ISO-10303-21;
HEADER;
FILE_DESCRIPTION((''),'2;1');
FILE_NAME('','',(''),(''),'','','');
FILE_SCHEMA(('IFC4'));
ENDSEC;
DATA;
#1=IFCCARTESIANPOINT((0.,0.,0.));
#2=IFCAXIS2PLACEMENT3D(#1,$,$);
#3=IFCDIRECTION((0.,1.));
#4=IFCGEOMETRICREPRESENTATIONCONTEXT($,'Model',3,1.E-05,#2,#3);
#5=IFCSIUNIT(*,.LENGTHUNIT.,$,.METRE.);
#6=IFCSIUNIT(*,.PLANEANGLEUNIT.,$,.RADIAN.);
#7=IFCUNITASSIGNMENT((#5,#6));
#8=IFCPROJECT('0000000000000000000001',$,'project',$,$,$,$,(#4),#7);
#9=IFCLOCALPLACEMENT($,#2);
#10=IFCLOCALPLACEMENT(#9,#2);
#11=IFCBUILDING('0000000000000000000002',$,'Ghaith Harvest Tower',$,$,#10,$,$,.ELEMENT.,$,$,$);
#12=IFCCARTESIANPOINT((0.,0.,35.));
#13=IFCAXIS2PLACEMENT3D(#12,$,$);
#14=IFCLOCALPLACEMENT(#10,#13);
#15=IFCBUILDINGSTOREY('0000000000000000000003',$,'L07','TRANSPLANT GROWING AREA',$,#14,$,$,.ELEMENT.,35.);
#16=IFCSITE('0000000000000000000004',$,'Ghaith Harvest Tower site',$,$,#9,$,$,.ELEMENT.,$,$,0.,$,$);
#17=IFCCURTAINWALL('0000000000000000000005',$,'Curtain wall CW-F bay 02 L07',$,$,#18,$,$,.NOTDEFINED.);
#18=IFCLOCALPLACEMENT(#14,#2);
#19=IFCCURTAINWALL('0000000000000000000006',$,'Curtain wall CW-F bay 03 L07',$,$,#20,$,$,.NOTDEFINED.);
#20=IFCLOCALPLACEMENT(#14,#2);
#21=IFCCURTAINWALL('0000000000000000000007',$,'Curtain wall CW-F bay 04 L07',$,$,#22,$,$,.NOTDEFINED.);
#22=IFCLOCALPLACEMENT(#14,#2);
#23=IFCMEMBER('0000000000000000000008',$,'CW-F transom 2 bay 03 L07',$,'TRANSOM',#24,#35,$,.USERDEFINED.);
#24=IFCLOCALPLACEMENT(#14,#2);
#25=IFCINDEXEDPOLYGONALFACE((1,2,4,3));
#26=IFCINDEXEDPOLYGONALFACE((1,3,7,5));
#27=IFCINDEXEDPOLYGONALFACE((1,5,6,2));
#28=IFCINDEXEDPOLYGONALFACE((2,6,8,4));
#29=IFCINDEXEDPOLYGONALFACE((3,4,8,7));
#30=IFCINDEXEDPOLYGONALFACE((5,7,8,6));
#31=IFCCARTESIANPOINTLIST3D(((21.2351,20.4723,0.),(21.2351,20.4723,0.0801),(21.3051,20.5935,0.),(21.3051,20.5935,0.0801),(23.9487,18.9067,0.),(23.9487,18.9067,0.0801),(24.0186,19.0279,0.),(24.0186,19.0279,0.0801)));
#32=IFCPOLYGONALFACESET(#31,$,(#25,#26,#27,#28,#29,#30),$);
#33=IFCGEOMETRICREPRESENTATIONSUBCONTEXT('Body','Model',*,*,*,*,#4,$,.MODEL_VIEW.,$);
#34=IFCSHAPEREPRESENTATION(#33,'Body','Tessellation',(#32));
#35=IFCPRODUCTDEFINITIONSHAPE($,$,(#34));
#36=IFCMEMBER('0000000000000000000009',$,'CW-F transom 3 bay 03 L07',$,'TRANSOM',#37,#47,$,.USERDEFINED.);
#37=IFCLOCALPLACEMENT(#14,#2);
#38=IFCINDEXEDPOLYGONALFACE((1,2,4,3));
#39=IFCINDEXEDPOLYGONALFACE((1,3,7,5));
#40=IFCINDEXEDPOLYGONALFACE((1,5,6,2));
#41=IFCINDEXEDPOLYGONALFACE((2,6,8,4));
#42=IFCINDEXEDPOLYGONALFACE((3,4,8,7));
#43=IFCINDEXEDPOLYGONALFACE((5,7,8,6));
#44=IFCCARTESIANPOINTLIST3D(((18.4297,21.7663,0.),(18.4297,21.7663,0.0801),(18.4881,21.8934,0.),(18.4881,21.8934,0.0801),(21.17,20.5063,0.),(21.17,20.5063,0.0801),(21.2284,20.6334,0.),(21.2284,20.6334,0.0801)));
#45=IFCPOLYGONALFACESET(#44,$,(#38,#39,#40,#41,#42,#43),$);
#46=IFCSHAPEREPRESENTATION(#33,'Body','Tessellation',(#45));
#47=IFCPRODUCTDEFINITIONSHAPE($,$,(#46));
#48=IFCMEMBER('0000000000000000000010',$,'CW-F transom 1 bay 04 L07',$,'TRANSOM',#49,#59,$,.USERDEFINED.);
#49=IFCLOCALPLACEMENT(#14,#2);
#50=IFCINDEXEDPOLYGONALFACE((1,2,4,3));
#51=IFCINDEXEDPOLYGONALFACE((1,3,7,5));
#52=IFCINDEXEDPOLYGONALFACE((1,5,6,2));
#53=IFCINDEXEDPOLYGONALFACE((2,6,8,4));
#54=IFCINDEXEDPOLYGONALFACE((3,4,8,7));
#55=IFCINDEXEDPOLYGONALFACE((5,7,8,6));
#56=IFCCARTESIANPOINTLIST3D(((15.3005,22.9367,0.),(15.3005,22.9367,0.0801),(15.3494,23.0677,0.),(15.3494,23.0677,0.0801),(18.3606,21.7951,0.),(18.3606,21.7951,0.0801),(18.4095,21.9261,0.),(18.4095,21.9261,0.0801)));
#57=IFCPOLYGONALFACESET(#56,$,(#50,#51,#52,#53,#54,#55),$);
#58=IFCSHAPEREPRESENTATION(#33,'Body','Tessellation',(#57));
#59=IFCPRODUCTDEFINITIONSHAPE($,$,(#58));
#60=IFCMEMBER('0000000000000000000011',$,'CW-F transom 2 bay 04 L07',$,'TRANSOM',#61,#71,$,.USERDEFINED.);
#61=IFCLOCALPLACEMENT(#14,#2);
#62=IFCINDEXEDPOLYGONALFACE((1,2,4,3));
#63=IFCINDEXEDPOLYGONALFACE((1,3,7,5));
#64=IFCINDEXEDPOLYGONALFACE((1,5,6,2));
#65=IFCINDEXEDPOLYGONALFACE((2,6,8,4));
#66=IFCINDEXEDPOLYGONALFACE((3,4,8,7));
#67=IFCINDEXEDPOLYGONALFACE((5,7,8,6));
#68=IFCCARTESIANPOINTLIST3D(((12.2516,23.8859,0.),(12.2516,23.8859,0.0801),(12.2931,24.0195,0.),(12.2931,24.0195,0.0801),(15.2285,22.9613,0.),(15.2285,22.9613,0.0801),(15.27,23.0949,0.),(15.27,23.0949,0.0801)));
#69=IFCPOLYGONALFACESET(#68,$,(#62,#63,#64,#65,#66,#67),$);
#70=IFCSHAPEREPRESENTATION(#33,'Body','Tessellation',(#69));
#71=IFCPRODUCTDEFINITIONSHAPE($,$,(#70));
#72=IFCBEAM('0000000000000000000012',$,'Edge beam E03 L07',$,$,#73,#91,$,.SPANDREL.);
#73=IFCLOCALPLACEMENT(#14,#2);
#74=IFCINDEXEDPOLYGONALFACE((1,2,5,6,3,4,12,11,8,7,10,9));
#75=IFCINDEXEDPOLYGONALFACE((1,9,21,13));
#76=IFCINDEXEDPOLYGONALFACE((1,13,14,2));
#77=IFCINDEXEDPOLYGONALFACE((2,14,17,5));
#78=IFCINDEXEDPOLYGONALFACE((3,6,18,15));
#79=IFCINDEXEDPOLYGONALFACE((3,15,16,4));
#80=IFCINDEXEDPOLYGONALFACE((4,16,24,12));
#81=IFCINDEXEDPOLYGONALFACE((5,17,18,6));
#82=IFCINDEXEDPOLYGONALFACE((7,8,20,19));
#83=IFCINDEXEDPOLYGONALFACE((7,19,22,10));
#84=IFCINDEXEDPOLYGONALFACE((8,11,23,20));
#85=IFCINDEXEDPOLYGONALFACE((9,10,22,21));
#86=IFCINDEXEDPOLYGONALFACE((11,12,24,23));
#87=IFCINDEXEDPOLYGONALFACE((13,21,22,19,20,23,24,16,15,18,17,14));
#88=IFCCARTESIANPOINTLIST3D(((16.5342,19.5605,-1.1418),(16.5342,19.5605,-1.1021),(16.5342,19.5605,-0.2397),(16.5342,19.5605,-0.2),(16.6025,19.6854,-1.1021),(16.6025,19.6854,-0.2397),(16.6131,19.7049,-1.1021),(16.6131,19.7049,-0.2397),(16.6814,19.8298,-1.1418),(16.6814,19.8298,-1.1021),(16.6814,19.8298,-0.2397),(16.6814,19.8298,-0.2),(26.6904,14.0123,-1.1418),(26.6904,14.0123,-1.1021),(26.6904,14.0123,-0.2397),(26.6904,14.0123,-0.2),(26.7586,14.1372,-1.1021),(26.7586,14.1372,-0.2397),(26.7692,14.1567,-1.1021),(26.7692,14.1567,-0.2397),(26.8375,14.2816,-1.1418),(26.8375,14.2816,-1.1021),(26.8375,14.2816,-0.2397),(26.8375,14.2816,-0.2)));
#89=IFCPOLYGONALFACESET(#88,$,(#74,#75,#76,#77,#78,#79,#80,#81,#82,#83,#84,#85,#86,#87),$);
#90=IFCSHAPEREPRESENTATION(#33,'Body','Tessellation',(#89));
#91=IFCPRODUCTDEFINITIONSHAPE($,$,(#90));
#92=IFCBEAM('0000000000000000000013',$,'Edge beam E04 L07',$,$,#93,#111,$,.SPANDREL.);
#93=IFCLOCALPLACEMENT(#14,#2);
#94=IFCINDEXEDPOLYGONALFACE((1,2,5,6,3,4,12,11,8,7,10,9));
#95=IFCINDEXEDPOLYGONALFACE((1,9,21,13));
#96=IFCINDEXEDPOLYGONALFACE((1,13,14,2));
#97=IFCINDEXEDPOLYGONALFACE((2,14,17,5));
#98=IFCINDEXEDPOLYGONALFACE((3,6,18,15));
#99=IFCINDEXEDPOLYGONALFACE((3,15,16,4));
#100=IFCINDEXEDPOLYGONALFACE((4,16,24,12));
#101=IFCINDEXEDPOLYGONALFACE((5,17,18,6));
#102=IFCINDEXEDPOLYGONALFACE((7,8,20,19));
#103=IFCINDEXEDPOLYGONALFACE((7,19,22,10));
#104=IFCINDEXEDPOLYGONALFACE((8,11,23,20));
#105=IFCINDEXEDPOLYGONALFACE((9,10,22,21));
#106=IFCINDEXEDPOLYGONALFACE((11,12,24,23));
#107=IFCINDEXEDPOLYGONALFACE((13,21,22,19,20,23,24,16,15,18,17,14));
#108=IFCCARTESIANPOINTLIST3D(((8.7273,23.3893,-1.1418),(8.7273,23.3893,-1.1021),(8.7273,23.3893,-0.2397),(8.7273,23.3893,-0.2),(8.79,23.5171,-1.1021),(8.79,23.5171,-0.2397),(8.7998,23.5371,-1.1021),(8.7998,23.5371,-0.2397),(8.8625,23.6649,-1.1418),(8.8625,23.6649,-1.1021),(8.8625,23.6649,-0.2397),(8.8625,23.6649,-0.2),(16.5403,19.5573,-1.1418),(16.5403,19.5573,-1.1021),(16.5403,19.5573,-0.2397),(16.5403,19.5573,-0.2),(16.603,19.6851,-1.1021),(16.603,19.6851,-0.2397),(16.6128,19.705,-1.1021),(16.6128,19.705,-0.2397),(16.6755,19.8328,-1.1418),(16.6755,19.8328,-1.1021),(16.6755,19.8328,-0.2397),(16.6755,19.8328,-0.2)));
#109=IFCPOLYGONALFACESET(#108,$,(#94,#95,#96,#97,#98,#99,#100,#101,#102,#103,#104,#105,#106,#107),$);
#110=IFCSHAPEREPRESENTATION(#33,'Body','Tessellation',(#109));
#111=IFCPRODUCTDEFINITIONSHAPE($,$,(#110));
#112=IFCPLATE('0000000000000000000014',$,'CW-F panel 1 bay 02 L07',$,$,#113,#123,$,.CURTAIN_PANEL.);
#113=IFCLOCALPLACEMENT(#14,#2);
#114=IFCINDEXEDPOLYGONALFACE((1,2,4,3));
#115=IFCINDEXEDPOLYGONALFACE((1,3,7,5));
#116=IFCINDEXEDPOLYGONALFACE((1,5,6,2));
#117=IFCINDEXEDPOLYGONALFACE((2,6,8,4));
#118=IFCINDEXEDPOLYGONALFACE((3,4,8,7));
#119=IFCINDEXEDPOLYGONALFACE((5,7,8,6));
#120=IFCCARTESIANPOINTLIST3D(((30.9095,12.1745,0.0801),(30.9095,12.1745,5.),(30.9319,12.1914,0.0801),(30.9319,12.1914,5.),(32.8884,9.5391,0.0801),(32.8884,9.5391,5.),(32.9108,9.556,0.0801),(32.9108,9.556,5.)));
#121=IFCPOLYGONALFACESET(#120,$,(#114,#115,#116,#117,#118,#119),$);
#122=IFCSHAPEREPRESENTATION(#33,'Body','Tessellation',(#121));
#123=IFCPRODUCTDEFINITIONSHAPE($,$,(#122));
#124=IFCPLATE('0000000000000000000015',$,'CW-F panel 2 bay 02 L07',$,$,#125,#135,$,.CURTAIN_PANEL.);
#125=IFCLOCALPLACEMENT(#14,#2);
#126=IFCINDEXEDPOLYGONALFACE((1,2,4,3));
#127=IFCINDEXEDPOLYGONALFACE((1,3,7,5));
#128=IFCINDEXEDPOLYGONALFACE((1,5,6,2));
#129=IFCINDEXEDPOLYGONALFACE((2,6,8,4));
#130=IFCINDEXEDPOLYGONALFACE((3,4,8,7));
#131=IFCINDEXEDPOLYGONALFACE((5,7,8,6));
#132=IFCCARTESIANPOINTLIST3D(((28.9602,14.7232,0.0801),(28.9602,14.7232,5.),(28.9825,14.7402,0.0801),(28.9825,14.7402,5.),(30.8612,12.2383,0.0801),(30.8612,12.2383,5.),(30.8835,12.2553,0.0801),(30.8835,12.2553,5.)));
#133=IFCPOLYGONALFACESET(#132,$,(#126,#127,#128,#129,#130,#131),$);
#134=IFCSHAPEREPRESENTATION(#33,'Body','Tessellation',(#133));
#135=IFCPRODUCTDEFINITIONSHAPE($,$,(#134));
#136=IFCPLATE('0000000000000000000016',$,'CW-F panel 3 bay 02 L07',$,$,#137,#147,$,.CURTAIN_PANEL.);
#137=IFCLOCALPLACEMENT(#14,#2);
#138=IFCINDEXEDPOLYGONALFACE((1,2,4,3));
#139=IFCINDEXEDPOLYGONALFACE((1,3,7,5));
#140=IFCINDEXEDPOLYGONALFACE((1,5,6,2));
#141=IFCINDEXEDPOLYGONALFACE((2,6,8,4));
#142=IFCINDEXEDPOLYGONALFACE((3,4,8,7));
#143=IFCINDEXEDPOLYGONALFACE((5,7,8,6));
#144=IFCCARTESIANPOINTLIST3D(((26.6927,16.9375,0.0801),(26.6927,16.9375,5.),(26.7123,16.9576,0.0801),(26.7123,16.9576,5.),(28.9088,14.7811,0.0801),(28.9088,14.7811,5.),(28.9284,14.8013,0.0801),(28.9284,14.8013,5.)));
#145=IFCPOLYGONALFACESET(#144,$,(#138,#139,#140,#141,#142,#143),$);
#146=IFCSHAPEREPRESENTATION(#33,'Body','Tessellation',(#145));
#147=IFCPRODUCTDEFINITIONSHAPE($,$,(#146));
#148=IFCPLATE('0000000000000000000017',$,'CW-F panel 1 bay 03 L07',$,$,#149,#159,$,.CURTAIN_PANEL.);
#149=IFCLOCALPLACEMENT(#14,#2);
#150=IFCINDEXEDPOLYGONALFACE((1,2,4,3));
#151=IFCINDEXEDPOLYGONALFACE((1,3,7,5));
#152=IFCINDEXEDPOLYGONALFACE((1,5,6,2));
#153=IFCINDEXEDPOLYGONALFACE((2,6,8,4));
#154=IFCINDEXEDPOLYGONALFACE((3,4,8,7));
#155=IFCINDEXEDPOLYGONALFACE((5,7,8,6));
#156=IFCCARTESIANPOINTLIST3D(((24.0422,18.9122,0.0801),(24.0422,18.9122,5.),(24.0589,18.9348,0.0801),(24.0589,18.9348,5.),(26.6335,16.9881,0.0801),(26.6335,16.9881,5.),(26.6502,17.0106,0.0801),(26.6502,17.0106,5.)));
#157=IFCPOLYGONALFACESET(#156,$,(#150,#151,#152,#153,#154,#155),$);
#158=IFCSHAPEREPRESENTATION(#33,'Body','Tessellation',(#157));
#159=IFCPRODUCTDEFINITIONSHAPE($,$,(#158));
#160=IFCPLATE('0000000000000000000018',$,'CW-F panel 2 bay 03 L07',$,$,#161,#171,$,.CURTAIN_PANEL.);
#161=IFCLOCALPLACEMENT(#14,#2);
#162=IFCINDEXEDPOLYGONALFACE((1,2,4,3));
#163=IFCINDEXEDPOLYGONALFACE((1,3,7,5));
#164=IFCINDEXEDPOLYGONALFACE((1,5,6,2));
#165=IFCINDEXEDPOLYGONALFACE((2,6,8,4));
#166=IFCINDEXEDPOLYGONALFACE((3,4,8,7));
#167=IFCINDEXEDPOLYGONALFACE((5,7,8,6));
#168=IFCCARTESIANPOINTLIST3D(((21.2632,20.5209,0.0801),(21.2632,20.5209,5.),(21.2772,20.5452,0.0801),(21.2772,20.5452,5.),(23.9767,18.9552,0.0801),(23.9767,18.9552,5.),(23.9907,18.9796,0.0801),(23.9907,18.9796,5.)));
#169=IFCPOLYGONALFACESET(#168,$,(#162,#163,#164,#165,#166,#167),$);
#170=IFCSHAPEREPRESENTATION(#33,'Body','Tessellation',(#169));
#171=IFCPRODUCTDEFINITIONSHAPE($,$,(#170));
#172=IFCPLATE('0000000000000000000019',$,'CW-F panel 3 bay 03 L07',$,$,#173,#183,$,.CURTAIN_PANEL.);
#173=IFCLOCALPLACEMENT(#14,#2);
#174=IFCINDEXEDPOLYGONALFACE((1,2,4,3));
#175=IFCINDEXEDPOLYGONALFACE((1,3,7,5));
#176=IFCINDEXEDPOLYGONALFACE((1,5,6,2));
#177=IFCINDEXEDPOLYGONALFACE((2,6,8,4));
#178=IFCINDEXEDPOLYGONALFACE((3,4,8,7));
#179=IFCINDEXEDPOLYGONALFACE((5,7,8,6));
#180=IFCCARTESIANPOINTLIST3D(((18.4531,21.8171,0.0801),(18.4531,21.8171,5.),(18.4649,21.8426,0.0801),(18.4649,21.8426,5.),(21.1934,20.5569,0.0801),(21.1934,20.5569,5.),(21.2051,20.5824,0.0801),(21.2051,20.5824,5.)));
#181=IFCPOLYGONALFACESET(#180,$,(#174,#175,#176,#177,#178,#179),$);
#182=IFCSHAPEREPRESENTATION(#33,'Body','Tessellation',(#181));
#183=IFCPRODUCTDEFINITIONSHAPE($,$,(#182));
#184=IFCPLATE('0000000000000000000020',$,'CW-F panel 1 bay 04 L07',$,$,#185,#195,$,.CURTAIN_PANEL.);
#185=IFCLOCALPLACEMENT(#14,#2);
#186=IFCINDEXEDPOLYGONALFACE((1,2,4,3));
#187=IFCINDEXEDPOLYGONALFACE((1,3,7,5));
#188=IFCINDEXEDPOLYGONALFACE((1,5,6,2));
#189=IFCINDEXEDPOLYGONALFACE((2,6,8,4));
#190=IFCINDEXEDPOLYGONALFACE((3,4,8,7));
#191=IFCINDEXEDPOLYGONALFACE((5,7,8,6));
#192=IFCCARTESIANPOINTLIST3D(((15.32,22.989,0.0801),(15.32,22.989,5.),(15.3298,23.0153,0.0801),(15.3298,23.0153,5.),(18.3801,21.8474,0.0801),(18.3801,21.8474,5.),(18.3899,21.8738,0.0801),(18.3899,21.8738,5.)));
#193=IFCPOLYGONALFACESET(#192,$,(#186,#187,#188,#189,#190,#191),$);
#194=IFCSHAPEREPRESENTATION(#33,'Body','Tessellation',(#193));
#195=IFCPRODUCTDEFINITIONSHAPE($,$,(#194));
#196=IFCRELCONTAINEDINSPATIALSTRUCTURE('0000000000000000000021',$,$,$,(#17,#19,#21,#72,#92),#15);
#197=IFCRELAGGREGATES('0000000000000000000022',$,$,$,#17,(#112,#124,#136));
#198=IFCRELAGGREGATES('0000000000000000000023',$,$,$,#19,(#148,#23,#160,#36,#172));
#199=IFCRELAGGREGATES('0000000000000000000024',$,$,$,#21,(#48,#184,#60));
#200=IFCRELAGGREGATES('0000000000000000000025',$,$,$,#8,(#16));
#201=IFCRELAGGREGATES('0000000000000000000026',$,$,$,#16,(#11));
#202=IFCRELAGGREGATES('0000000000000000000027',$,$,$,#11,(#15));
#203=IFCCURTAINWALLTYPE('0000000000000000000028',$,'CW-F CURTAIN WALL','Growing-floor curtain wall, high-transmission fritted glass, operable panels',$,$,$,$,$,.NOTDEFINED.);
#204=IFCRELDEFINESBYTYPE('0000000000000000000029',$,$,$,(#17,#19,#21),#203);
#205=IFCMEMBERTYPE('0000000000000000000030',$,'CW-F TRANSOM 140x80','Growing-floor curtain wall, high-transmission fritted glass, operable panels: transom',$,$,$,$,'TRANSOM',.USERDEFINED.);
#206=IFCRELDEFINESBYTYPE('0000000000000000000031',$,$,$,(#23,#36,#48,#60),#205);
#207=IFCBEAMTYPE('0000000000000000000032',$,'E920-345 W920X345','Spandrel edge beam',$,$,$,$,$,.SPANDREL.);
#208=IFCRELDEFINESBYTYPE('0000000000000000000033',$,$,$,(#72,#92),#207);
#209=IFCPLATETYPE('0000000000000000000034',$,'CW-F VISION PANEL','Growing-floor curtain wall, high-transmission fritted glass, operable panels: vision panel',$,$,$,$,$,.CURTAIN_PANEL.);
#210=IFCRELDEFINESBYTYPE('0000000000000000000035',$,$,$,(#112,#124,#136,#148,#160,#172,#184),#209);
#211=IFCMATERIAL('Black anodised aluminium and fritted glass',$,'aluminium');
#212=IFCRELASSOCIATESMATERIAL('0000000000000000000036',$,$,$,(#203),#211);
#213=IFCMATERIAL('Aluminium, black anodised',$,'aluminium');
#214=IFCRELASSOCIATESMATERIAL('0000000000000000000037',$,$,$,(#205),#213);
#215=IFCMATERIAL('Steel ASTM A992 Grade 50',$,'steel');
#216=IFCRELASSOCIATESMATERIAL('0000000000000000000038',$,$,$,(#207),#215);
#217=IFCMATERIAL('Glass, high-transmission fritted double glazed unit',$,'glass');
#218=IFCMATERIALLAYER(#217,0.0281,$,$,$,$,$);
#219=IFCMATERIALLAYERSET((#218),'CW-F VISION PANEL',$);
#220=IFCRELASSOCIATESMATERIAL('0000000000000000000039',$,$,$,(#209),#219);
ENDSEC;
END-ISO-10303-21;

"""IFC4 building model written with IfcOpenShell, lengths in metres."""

from ifc_helpers import new_model, si_unit, direction, frame, origin, origin_2d, place, context, subcontext, project, spatial, rectangle, i_section, extrude, material, layer, layer_set, material_profile, profile_set, type_object, element, aggregate, save


model = new_model("IFC4")

# Units and contexts
model_context = context("Model", 3, precision=1e-05, world=origin(), true_north=direction((0.0, 1.0)))
body_context = subcontext(model_context, "Body", "Model", "MODEL_VIEW")
ifc_project = project(units=[si_unit("LENGTHUNIT", "METRE"), si_unit("PLANEANGLEUNIT", "RADIAN")], contexts=[model_context])

# Site, building, storey
site_placement = place(None, origin())
site = spatial("IfcSite", under=ifc_project, at=site_placement, Name="Ghaith Harvest Tower site", CompositionType="ELEMENT", RefElevation=0.0)
building_placement = place(site_placement, origin())
building = spatial("IfcBuilding", under=site, at=building_placement, Name="Ghaith Harvest Tower", CompositionType="ELEMENT")
storey_placement = place(building_placement, frame((0.0, 0.0, 35.0)))
storey = spatial("IfcBuildingStorey", under=building, at=storey_placement, Name="L07", Description="TRANSPLANT GROWING AREA", CompositionType="ELEMENT", Elevation=35.0)

# Curtain walls
ifc_material_1 = material(Name="Black anodised aluminium and fritted glass", Category="aluminium")
curtain_wall_type = type_object("IfcCurtainWallType", Name="CW-F CURTAIN WALL", Description="Growing-floor curtain wall, high-transmission fritted glass, operable panels", PredefinedType="NOTDEFINED", material=ifc_material_1)
curtain_wall_1_placement = place(storey_placement, origin())
curtain_wall_1 = element("IfcCurtainWall", 1, at=curtain_wall_1_placement, inside=storey, type_object=curtain_wall_type, Name="Curtain wall CW-F bay 02 L07", PredefinedType="NOTDEFINED")
curtain_wall_2_placement = place(storey_placement, origin())
curtain_wall_2 = element("IfcCurtainWall", 2, at=curtain_wall_2_placement, inside=storey, type_object=curtain_wall_type, Name="Curtain wall CW-F bay 03 L07", PredefinedType="NOTDEFINED")
curtain_wall_3_placement = place(storey_placement, origin())
curtain_wall_3 = element("IfcCurtainWall", 3, at=curtain_wall_3_placement, inside=storey, type_object=curtain_wall_type, Name="Curtain wall CW-F bay 04 L07", PredefinedType="NOTDEFINED")

# Members
ifc_material_2 = material(Name="Aluminium, black anodised", Category="aluminium")
ifc_material_profile_1 = material_profile(ifc_material_2, rectangle(XDim=0.1399, YDim=0.0801, at=origin_2d()), Name="CW-F TRANSOM 140x80")
ifc_profile_set_1 = profile_set([ifc_material_profile_1], Name="Aluminium, black anodised")
member_type_1 = type_object("IfcMemberType", Name="CW-F TRANSOM 140x80", Description="Growing-floor curtain wall, high-transmission fritted glass, operable panels: transom", ElementType="TRANSOM", PredefinedType="USERDEFINED", material=ifc_profile_set_1)
member_1_placement = place(storey_placement, frame((23.9836, 18.9673, 0.04), z_axis=(-0.866169, 0.499752, 0.0), x_axis=(-0.499752, -0.866169, 0.0)))
member_1 = element("IfcMember", 4, at=member_1_placement, type_object=member_type_1, Name="CW-F transom 2 bay 03 L07", ObjectType="TRANSOM", PredefinedType="USERDEFINED", context=body_context, shape_type="SweptSolid", body=[
    extrude(rectangle(XDim=0.1399, YDim=0.0801, at=origin_2d()), origin(), (0.0, 0.0, 1.0), 3.1328),
])
member_2_placement = place(storey_placement, frame((21.1992, 20.5698, 0.04), z_axis=(-0.908553, 0.417769, 0.0), x_axis=(-0.417769, -0.908553, 0.0)))
member_2 = element("IfcMember", 5, at=member_2_placement, type_object=member_type_1, Name="CW-F transom 3 bay 03 L07", ObjectType="TRANSOM", PredefinedType="USERDEFINED", context=body_context, shape_type="SweptSolid", body=[
    extrude(rectangle(XDim=0.1399, YDim=0.0801, at=origin_2d()), origin(), (0.0, 0.0, 1.0), 3.0161),
])
member_3_placement = place(storey_placement, frame((18.385, 21.8606, 0.04), z_axis=(-0.936924, 0.349534, 0.0), x_axis=(-0.349534, -0.936924, 0.0)))
member_3 = element("IfcMember", 6, at=member_3_placement, type_object=member_type_1, Name="CW-F transom 1 bay 04 L07", ObjectType="TRANSOM", PredefinedType="USERDEFINED", context=body_context, shape_type="SweptSolid", body=[
    extrude(rectangle(XDim=0.1399, YDim=0.0801, at=origin_2d()), origin(), (0.0, 0.0, 1.0), 3.2661),
])
member_4_placement = place(storey_placement, frame((15.2493, 23.0281, 0.04), z_axis=(-0.954998, 0.296611, 0.0), x_axis=(-0.296611, -0.954998, 0.0)))
member_4 = element("IfcMember", 7, at=member_4_placement, type_object=member_type_1, Name="CW-F transom 2 bay 04 L07", ObjectType="TRANSOM", PredefinedType="USERDEFINED", context=body_context, shape_type="SweptSolid", body=[
    extrude(rectangle(XDim=0.1399, YDim=0.0801, at=origin_2d()), origin(), (0.0, 0.0, 1.0), 3.1172),
])

# Beams
ifc_material_3 = material(Name="Steel ASTM A992 Grade 50", Category="steel")
ifc_material_profile_2 = material_profile(ifc_material_3, i_section(OverallWidth=0.3069, OverallDepth=0.9419, WebThickness=0.0222, FlangeThickness=0.0398, at=origin_2d()), Name="W920X345")
ifc_profile_set_2 = profile_set([ifc_material_profile_2], Name="Steel ASTM A992 Grade 50")
beam_type = type_object("IfcBeamType", Name="E920-345 W920X345", Description="Spandrel edge beam", PredefinedType="SPANDREL", material=ifc_profile_set_2)
beam_1_placement = place(storey_placement, frame((26.7639, 14.147, -0.6709), z_axis=(-0.877588, 0.479415, 0.0), x_axis=(-0.479415, -0.877588, 0.0)))
element("IfcBeam", 8, at=beam_1_placement, inside=storey, type_object=beam_type, Name="Edge beam E03 L07", PredefinedType="SPANDREL", context=body_context, shape_type="SweptSolid", body=[
    extrude(i_section(OverallWidth=0.3069, OverallDepth=0.9419, WebThickness=0.0222, FlangeThickness=0.0398, at=origin_2d()), origin(), (0.0, 0.0, 1.0), 11.5728),
])
beam_2_placement = place(storey_placement, frame((16.6079, 19.6951, -0.6709), z_axis=(-0.897824, 0.440355, 0.0), x_axis=(-0.440355, -0.897824, 0.0)))
element("IfcBeam", 9, at=beam_2_placement, inside=storey, type_object=beam_type, Name="Edge beam E04 L07", PredefinedType="SPANDREL", context=body_context, shape_type="SweptSolid", body=[
    extrude(i_section(OverallWidth=0.3069, OverallDepth=0.9419, WebThickness=0.0222, FlangeThickness=0.0398, at=origin_2d()), origin(), (0.0, 0.0, 1.0), 8.7021),
])

# Plates
ifc_material_4 = material(Name="Glass, high-transmission fritted double glazed unit", Category="glass")
ifc_layer_1 = layer(ifc_material_4, 0.0281)
ifc_layer_set_1 = layer_set([ifc_layer_1], Name="CW-F VISION PANEL")
plate_type = type_object("IfcPlateType", Name="CW-F VISION PANEL", Description="Growing-floor curtain wall, high-transmission fritted glass, operable panels: vision panel", PredefinedType="CURTAIN_PANEL", material=ifc_layer_set_1)
plate_1_placement = place(storey_placement, frame((31.9102, 10.8652, 0.0801), z_axis=(0.0, 0.0, 1.0), x_axis=(-0.600454, 0.799659, 0.0)))
plate_1 = element("IfcPlate", 10, at=plate_1_placement, type_object=plate_type, Name="CW-F panel 1 bay 02 L07", PredefinedType="CURTAIN_PANEL", context=body_context, shape_type="SweptSolid", body=[
    extrude(rectangle(XDim=3.2957, YDim=0.0281, at=origin_2d()), origin(), (0.0, 0.0, 1.0), 4.9199),
])
plate_2_placement = place(storey_placement, frame((29.9219, 13.4893, 0.0801), z_axis=(0.0, 0.0, 1.0), x_axis=(-0.607612, 0.794234, 0.0)))
plate_2 = element("IfcPlate", 11, at=plate_2_placement, type_object=plate_type, Name="CW-F panel 2 bay 02 L07", PredefinedType="CURTAIN_PANEL", context=body_context, shape_type="SweptSolid", body=[
    extrude(rectangle(XDim=3.1287, YDim=0.0281, at=origin_2d()), origin(), (0.0, 0.0, 1.0), 4.9199),
])
plate_3_placement = place(storey_placement, frame((27.8105, 15.8694, 0.0801), z_axis=(0.0, 0.0, 1.0), x_axis=(-0.716691, 0.697391, 0.0)))
plate_3 = element("IfcPlate", 12, at=plate_3_placement, type_object=plate_type, Name="CW-F panel 3 bay 02 L07", PredefinedType="CURTAIN_PANEL", context=body_context, shape_type="SweptSolid", body=[
    extrude(rectangle(XDim=3.092, YDim=0.0281, at=origin_2d()), origin(), (0.0, 0.0, 1.0), 4.9199),
])
aggregate(curtain_wall_1, [plate_1, plate_2, plate_3])
plate_4_placement = place(storey_placement, frame((25.3462, 17.9614, 0.0801), z_axis=(0.0, 0.0, 1.0), x_axis=(-0.802867, 0.596158, 0.0)))
plate_4 = element("IfcPlate", 13, at=plate_4_placement, type_object=plate_type, Name="CW-F panel 1 bay 03 L07", PredefinedType="CURTAIN_PANEL", context=body_context, shape_type="SweptSolid", body=[
    extrude(rectangle(XDim=3.2275, YDim=0.0281, at=origin_2d()), origin(), (0.0, 0.0, 1.0), 4.9199),
])
plate_5_placement = place(storey_placement, frame((22.627, 19.7502, 0.0801), z_axis=(0.0, 0.0, 1.0), x_axis=(-0.866159, 0.499768, 0.0)))
plate_5 = element("IfcPlate", 14, at=plate_5_placement, type_object=plate_type, Name="CW-F panel 2 bay 03 L07", PredefinedType="CURTAIN_PANEL", context=body_context, shape_type="SweptSolid", body=[
    extrude(rectangle(XDim=3.1328, YDim=0.0281, at=origin_2d()), origin(), (0.0, 0.0, 1.0), 4.9199),
])
plate_6_placement = place(storey_placement, frame((19.8291, 21.1997, 0.0801), z_axis=(0.0, 0.0, 1.0), x_axis=(-0.90853, 0.417821, 0.0)))
plate_6 = element("IfcPlate", 15, at=plate_6_placement, type_object=plate_type, Name="CW-F panel 3 bay 03 L07", PredefinedType="CURTAIN_PANEL", context=body_context, shape_type="SweptSolid", body=[
    extrude(rectangle(XDim=3.0161, YDim=0.0281, at=origin_2d()), origin(), (0.0, 0.0, 1.0), 4.9199),
])
aggregate(curtain_wall_2, [plate_4, member_1, plate_5, member_2, plate_6])
plate_7_placement = place(storey_placement, frame((16.855, 22.4314, 0.0801), z_axis=(0.0, 0.0, 1.0), x_axis=(-0.936926, 0.349526, 0.0)))
plate_7 = element("IfcPlate", 16, at=plate_7_placement, type_object=plate_type, Name="CW-F panel 1 bay 04 L07", PredefinedType="CURTAIN_PANEL", context=body_context, shape_type="SweptSolid", body=[
    extrude(rectangle(XDim=3.2661, YDim=0.0281, at=origin_2d()), origin(), (0.0, 0.0, 1.0), 4.9199),
])
aggregate(curtain_wall_3, [member_3, plate_7, member_4])

save(model, "model.ifc")
